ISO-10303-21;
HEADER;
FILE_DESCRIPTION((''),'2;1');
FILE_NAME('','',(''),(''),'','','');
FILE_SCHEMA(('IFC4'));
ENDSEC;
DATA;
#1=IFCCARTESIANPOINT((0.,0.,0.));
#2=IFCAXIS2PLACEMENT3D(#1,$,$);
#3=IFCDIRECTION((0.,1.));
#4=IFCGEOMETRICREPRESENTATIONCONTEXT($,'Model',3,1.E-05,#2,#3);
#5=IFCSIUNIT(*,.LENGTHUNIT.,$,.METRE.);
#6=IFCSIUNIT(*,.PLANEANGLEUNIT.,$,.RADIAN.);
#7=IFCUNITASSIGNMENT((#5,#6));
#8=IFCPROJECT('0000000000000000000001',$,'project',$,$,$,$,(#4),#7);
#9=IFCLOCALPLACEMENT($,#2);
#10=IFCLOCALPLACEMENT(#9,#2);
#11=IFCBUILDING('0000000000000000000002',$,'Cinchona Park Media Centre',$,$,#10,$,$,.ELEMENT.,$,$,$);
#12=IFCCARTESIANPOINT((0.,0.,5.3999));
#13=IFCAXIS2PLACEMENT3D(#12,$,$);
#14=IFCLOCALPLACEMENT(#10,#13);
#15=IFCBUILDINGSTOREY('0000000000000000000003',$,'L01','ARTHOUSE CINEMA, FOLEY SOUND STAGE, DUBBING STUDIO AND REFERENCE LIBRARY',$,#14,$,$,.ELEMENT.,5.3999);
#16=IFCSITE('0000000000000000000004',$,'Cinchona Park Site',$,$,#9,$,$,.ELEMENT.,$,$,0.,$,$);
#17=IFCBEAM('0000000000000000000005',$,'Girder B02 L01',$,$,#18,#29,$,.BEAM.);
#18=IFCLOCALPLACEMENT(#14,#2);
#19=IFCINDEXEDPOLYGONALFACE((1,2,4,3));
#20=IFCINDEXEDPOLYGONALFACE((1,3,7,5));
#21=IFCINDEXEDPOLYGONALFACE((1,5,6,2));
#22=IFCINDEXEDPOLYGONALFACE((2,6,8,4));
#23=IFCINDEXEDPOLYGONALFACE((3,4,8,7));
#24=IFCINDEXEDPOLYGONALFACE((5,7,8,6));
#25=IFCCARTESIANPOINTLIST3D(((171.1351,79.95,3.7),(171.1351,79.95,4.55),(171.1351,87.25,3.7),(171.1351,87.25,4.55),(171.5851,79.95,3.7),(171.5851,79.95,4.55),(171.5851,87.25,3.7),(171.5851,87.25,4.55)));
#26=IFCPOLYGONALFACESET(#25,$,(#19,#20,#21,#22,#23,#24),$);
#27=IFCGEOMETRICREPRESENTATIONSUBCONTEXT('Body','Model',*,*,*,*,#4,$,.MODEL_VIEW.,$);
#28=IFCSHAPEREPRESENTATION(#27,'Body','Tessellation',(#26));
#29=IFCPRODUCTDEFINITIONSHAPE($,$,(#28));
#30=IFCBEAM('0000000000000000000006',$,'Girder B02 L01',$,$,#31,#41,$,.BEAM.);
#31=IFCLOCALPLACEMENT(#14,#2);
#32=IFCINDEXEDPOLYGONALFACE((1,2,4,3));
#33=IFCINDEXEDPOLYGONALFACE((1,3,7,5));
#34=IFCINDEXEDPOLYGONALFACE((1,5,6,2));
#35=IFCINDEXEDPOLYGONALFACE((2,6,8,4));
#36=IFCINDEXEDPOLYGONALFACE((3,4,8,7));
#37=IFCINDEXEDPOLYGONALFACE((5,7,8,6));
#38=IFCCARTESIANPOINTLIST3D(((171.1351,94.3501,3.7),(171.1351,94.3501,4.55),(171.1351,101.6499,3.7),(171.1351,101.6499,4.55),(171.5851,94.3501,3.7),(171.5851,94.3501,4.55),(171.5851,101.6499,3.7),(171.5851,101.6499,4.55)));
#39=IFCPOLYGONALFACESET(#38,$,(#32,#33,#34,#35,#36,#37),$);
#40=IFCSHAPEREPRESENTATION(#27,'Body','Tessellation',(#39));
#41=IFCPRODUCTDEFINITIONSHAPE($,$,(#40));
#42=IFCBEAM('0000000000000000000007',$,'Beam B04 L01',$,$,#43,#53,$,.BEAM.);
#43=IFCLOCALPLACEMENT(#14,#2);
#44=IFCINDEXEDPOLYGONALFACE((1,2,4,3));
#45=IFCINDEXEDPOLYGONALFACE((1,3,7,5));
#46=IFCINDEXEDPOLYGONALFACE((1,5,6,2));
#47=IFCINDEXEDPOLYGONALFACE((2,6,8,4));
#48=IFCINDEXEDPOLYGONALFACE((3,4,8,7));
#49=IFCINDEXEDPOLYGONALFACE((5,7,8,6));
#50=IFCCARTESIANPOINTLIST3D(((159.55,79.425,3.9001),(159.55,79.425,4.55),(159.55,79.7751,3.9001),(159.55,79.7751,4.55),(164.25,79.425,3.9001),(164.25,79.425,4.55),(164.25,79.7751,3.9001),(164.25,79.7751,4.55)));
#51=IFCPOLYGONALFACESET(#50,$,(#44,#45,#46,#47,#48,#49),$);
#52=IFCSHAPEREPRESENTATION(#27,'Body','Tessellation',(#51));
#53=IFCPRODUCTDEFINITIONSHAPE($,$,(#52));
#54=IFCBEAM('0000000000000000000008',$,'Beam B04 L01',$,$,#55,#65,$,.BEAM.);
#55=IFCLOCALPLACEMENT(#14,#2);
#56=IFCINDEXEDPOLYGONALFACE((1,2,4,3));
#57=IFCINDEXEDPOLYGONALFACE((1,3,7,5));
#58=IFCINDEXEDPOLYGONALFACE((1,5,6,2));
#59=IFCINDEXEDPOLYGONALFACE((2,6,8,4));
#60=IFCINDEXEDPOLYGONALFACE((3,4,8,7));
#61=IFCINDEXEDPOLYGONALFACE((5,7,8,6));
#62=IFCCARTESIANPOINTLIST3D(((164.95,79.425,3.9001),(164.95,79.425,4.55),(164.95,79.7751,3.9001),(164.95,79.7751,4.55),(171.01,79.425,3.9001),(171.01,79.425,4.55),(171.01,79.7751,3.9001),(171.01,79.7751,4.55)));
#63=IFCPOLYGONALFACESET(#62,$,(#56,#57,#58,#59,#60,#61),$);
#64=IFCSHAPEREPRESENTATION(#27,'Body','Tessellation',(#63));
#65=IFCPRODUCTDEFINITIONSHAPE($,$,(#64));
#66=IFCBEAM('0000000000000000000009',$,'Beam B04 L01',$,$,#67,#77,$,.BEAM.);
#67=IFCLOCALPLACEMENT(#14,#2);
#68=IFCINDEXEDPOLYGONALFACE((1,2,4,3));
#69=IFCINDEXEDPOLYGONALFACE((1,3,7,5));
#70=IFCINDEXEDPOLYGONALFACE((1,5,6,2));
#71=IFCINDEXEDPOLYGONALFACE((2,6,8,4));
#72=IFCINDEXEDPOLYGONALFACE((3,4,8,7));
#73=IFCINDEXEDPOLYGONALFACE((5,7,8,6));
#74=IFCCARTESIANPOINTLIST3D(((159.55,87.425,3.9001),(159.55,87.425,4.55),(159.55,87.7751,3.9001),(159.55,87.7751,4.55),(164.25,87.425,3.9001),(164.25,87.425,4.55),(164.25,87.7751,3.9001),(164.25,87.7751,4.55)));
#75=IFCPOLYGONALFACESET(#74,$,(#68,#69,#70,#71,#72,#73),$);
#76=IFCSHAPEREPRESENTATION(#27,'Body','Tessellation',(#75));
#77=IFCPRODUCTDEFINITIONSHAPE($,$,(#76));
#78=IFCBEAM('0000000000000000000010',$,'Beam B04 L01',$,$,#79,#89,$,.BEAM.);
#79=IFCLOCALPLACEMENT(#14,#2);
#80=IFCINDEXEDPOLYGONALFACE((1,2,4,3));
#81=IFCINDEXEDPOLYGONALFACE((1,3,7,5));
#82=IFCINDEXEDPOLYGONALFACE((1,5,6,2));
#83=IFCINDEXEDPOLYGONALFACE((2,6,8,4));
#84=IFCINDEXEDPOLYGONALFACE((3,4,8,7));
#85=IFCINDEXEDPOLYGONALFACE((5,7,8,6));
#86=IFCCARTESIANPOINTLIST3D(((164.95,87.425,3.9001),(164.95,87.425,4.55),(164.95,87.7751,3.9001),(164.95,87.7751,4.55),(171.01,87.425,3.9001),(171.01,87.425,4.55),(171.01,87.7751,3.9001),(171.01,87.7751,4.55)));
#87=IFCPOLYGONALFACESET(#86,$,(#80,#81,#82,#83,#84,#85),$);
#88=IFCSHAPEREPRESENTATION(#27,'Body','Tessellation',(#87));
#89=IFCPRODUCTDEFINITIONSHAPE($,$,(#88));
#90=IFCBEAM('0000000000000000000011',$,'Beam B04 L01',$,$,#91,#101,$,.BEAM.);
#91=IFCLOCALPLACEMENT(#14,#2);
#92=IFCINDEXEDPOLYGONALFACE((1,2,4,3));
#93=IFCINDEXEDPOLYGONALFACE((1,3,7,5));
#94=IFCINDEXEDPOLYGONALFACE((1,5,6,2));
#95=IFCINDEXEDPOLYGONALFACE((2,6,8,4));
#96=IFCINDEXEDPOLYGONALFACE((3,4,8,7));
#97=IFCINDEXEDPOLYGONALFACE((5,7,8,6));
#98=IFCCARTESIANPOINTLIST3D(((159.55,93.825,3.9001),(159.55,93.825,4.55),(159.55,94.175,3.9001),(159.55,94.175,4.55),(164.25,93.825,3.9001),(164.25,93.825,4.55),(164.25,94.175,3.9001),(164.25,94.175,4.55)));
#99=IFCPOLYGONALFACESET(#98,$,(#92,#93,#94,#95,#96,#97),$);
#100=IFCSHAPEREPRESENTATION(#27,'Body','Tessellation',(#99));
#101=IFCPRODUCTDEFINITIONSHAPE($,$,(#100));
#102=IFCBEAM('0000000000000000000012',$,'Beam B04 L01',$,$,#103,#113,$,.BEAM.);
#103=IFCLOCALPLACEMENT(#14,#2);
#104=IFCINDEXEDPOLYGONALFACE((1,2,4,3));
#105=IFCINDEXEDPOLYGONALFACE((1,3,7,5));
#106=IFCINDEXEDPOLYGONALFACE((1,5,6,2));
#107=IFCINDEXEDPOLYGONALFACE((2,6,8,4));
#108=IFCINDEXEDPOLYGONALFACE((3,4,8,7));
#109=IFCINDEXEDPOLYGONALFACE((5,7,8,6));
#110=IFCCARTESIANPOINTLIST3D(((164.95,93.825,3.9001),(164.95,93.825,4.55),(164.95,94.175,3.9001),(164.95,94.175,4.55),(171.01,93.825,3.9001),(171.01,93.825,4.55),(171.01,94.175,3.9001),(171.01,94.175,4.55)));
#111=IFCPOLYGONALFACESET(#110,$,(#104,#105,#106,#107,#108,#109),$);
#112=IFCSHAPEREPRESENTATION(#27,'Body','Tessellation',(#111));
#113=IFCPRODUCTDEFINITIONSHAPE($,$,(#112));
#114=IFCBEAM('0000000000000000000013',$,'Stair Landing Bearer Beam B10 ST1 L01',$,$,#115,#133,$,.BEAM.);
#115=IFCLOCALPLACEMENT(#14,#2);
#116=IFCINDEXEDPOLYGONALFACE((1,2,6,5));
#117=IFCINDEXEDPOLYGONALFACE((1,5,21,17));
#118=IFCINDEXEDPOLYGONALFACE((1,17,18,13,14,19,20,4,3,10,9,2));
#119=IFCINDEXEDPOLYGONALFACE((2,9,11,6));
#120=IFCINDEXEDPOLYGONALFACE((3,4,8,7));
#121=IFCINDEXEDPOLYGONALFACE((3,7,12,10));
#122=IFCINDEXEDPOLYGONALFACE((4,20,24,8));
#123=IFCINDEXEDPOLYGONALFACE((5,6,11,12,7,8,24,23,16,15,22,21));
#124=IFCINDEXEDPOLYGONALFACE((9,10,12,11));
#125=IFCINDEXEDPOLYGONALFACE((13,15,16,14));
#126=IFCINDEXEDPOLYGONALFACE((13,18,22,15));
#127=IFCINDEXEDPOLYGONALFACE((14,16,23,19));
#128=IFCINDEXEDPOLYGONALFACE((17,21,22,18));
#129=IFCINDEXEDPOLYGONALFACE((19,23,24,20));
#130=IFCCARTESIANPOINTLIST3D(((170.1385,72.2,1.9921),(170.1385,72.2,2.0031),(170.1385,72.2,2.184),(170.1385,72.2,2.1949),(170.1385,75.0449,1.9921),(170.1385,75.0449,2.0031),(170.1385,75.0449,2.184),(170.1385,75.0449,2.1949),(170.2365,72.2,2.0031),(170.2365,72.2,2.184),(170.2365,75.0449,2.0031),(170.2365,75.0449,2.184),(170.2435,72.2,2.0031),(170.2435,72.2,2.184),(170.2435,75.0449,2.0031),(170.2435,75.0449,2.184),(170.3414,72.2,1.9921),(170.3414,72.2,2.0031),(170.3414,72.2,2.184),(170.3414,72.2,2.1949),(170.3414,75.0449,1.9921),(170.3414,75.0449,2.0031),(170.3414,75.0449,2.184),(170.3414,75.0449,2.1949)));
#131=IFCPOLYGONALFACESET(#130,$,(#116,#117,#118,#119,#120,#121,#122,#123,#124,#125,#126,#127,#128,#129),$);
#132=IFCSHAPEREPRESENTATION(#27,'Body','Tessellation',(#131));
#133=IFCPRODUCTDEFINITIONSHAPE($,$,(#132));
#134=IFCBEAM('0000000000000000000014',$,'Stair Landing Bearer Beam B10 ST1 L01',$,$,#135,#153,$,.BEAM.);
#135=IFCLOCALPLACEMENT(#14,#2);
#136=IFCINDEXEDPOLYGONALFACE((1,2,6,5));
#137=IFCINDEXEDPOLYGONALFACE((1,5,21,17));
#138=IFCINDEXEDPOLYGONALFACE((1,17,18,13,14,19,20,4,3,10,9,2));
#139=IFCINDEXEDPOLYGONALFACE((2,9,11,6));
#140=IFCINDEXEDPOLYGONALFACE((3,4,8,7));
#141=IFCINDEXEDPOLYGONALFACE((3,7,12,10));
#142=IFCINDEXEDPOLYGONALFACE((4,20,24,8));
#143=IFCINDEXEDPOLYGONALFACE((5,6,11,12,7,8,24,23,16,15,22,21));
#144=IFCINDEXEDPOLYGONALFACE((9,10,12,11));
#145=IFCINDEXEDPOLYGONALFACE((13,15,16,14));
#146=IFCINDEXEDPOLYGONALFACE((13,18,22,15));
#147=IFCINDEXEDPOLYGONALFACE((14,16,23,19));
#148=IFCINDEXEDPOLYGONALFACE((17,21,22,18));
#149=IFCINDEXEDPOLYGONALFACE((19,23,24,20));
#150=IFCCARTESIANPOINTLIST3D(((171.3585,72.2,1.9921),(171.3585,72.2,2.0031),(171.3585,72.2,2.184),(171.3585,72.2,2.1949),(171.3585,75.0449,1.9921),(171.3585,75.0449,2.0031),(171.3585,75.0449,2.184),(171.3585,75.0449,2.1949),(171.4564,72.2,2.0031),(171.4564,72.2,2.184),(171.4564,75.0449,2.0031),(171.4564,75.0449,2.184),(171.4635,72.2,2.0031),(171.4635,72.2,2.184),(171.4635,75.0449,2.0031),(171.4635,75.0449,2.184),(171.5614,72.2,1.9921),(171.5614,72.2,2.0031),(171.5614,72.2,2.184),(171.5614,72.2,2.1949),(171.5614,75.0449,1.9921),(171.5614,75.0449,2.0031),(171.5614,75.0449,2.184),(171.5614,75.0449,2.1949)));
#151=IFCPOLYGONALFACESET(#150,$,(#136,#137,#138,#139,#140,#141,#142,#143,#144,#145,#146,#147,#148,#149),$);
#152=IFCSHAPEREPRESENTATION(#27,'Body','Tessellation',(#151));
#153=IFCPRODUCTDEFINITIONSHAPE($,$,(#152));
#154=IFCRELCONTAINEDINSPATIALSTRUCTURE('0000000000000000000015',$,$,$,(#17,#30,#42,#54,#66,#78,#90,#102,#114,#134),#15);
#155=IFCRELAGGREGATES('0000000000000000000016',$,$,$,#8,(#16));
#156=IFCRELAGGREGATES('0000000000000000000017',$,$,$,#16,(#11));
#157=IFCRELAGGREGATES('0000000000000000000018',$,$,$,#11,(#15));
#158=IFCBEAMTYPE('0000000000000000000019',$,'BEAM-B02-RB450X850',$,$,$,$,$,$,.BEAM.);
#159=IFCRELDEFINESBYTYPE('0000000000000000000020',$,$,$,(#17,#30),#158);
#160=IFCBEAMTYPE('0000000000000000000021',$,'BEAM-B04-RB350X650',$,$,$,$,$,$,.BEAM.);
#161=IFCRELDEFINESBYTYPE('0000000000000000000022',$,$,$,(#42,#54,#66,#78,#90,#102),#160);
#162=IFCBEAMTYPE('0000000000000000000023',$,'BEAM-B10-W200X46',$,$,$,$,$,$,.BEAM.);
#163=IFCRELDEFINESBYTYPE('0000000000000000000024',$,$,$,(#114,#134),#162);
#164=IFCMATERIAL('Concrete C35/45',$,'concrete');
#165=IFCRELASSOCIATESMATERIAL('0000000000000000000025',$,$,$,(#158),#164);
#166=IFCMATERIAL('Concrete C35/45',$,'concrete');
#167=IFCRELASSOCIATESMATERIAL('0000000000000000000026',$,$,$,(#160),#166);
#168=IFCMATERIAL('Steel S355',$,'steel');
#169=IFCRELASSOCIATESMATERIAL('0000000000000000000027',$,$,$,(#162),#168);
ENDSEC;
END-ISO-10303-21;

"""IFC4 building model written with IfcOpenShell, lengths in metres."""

from ifc_helpers import new_model, si_unit, direction, frame, origin, origin_2d, place, context, subcontext, project, spatial, rectangle, i_section, extrude, material, material_profile, profile_set, type_object, element, save


model = new_model("IFC4")

# Units and contexts
model_context = context("Model", 3, precision=1e-05, world=origin(), true_north=direction((0.0, 1.0)))
body_context = subcontext(model_context, "Body", "Model", "MODEL_VIEW")
ifc_project = project(units=[si_unit("LENGTHUNIT", "METRE"), si_unit("PLANEANGLEUNIT", "RADIAN")], contexts=[model_context])

# Site, building, storey
site_placement = place(None, origin())
site = spatial("IfcSite", under=ifc_project, at=site_placement, Name="Cinchona Park Site", CompositionType="ELEMENT", RefElevation=0.0)
building_placement = place(site_placement, origin())
building = spatial("IfcBuilding", under=site, at=building_placement, Name="Cinchona Park Media Centre", CompositionType="ELEMENT")
storey_placement = place(building_placement, frame((0.0, 0.0, 5.3999)))
storey = spatial("IfcBuildingStorey", under=building, at=storey_placement, Name="L01", Description="ARTHOUSE CINEMA, FOLEY SOUND STAGE, DUBBING STUDIO AND REFERENCE LIBRARY", CompositionType="ELEMENT", Elevation=5.3999)

# Beams
ifc_material_1 = material(Name="Concrete C35/45", Category="concrete")
ifc_material_profile_1 = material_profile(ifc_material_1, rectangle(XDim=0.45, YDim=0.8501, at=origin_2d()), Name="RB 450X850")
ifc_profile_set_1 = profile_set([ifc_material_profile_1], Name="Concrete C35/45")
beam_type_1 = type_object("IfcBeamType", Name="BEAM-B02-RB450X850", PredefinedType="BEAM", material=ifc_profile_set_1)
beam_1_placement = place(storey_placement, frame((171.3601, 79.95, 4.125), z_axis=(0.0, 1.0, 0.0), x_axis=(-1.0, 0.0, 0.0)))
element("IfcBeam", 1, at=beam_1_placement, inside=storey, type_object=beam_type_1, Name="Girder B02 L01", PredefinedType="BEAM", context=body_context, shape_type="SweptSolid", body=[
    extrude(rectangle(XDim=0.45, YDim=0.8501, at=origin_2d()), origin(), (0.0, 0.0, 1.0), 7.3),
])
beam_2_placement = place(storey_placement, frame((171.3601, 94.3501, 4.125), z_axis=(0.0, 1.0, 0.0), x_axis=(-1.0, 0.0, 0.0)))
element("IfcBeam", 2, at=beam_2_placement, inside=storey, type_object=beam_type_1, Name="Girder B02 L01", PredefinedType="BEAM", context=body_context, shape_type="SweptSolid", body=[
    extrude(rectangle(XDim=0.45, YDim=0.8501, at=origin_2d()), origin(), (0.0, 0.0, 1.0), 7.2998),
])
ifc_material_2 = material(Name="Concrete C35/45", Category="concrete")
ifc_material_profile_2 = material_profile(ifc_material_2, rectangle(XDim=0.3501, YDim=0.6499, at=origin_2d()), Name="RB 350X650")
ifc_profile_set_2 = profile_set([ifc_material_profile_2], Name="Concrete C35/45")
beam_type_2 = type_object("IfcBeamType", Name="BEAM-B04-RB350X650", PredefinedType="BEAM", material=ifc_profile_set_2)
beam_3_placement = place(storey_placement, frame((159.55, 79.6001, 4.2251), z_axis=(1.0, 0.0, 0.0), x_axis=(0.0, 1.0, 0.0)))
element("IfcBeam", 3, at=beam_3_placement, inside=storey, type_object=beam_type_2, Name="Beam B04 L01", PredefinedType="BEAM", context=body_context, shape_type="SweptSolid", body=[
    extrude(rectangle(XDim=0.3501, YDim=0.6499, at=origin_2d()), origin(), (0.0, 0.0, 1.0), 4.7),
])
beam_4_placement = place(storey_placement, frame((164.95, 79.6001, 4.2251), z_axis=(1.0, 0.0, 0.0), x_axis=(0.0, 1.0, 0.0)))
element("IfcBeam", 4, at=beam_4_placement, inside=storey, type_object=beam_type_2, Name="Beam B04 L01", PredefinedType="BEAM", context=body_context, shape_type="SweptSolid", body=[
    extrude(rectangle(XDim=0.3501, YDim=0.6499, at=origin_2d()), origin(), (0.0, 0.0, 1.0), 6.0601),
])
beam_5_placement = place(storey_placement, frame((159.55, 87.6001, 4.2251), z_axis=(1.0, 0.0, 0.0), x_axis=(0.0, 1.0, 0.0)))
element("IfcBeam", 5, at=beam_5_placement, inside=storey, type_object=beam_type_2, Name="Beam B04 L01", PredefinedType="BEAM", context=body_context, shape_type="SweptSolid", body=[
    extrude(rectangle(XDim=0.3501, YDim=0.6499, at=origin_2d()), origin(), (0.0, 0.0, 1.0), 4.7),
])
beam_6_placement = place(storey_placement, frame((164.95, 87.6001, 4.2251), z_axis=(1.0, 0.0, 0.0), x_axis=(0.0, 1.0, 0.0)))
element("IfcBeam", 6, at=beam_6_placement, inside=storey, type_object=beam_type_2, Name="Beam B04 L01", PredefinedType="BEAM", context=body_context, shape_type="SweptSolid", body=[
    extrude(rectangle(XDim=0.3501, YDim=0.6499, at=origin_2d()), origin(), (0.0, 0.0, 1.0), 6.0601),
])
beam_7_placement = place(storey_placement, frame((159.55, 94.0, 4.2251), z_axis=(1.0, 0.0, 0.0), x_axis=(0.0, 1.0, 0.0)))
element("IfcBeam", 7, at=beam_7_placement, inside=storey, type_object=beam_type_2, Name="Beam B04 L01", PredefinedType="BEAM", context=body_context, shape_type="SweptSolid", body=[
    extrude(rectangle(XDim=0.3501, YDim=0.6499, at=origin_2d()), origin(), (0.0, 0.0, 1.0), 4.7),
])
beam_8_placement = place(storey_placement, frame((164.95, 94.0, 4.2251), z_axis=(1.0, 0.0, 0.0), x_axis=(0.0, 1.0, 0.0)))
element("IfcBeam", 8, at=beam_8_placement, inside=storey, type_object=beam_type_2, Name="Beam B04 L01", PredefinedType="BEAM", context=body_context, shape_type="SweptSolid", body=[
    extrude(rectangle(XDim=0.3501, YDim=0.6499, at=origin_2d()), origin(), (0.0, 0.0, 1.0), 6.0601),
])
ifc_material_3 = material(Name="Steel S355", Category="steel")
ifc_material_profile_3 = material_profile(ifc_material_3, i_section(OverallWidth=0.2029, OverallDepth=0.2029, WebThickness=0.0071, FlangeThickness=0.011, at=origin_2d()), Name="W200X46")
ifc_profile_set_3 = profile_set([ifc_material_profile_3], Name="Steel S355")
beam_type_3 = type_object("IfcBeamType", Name="BEAM-B10-W200X46", PredefinedType="BEAM", material=ifc_profile_set_3)
for number, where, z_axis, x_axis, name in (
    (9, (170.24, 75.0449, 2.0935), (0.0, -1.0, 0.0), (1.0, 0.0, 0.0), "Stair Landing Bearer Beam B10 ST1 L01"),
    (10, (171.46, 75.0449, 2.0935), (0.0, -1.0, 0.0), (1.0, 0.0, 0.0), "Stair Landing Bearer Beam B10 ST1 L01"),
):
    element("IfcBeam", number, at=place(storey_placement, frame(where, z_axis=z_axis, x_axis=x_axis)), inside=storey, type_object=beam_type_3, Name=name, PredefinedType="BEAM", context=body_context, shape_type="SweptSolid", body=[
        extrude(i_section(OverallWidth=0.2029, OverallDepth=0.2029, WebThickness=0.0071, FlangeThickness=0.011, at=origin_2d()), origin(), (0.0, 0.0, 1.0), 2.845),
    ])

save(model, "model.ifc")
